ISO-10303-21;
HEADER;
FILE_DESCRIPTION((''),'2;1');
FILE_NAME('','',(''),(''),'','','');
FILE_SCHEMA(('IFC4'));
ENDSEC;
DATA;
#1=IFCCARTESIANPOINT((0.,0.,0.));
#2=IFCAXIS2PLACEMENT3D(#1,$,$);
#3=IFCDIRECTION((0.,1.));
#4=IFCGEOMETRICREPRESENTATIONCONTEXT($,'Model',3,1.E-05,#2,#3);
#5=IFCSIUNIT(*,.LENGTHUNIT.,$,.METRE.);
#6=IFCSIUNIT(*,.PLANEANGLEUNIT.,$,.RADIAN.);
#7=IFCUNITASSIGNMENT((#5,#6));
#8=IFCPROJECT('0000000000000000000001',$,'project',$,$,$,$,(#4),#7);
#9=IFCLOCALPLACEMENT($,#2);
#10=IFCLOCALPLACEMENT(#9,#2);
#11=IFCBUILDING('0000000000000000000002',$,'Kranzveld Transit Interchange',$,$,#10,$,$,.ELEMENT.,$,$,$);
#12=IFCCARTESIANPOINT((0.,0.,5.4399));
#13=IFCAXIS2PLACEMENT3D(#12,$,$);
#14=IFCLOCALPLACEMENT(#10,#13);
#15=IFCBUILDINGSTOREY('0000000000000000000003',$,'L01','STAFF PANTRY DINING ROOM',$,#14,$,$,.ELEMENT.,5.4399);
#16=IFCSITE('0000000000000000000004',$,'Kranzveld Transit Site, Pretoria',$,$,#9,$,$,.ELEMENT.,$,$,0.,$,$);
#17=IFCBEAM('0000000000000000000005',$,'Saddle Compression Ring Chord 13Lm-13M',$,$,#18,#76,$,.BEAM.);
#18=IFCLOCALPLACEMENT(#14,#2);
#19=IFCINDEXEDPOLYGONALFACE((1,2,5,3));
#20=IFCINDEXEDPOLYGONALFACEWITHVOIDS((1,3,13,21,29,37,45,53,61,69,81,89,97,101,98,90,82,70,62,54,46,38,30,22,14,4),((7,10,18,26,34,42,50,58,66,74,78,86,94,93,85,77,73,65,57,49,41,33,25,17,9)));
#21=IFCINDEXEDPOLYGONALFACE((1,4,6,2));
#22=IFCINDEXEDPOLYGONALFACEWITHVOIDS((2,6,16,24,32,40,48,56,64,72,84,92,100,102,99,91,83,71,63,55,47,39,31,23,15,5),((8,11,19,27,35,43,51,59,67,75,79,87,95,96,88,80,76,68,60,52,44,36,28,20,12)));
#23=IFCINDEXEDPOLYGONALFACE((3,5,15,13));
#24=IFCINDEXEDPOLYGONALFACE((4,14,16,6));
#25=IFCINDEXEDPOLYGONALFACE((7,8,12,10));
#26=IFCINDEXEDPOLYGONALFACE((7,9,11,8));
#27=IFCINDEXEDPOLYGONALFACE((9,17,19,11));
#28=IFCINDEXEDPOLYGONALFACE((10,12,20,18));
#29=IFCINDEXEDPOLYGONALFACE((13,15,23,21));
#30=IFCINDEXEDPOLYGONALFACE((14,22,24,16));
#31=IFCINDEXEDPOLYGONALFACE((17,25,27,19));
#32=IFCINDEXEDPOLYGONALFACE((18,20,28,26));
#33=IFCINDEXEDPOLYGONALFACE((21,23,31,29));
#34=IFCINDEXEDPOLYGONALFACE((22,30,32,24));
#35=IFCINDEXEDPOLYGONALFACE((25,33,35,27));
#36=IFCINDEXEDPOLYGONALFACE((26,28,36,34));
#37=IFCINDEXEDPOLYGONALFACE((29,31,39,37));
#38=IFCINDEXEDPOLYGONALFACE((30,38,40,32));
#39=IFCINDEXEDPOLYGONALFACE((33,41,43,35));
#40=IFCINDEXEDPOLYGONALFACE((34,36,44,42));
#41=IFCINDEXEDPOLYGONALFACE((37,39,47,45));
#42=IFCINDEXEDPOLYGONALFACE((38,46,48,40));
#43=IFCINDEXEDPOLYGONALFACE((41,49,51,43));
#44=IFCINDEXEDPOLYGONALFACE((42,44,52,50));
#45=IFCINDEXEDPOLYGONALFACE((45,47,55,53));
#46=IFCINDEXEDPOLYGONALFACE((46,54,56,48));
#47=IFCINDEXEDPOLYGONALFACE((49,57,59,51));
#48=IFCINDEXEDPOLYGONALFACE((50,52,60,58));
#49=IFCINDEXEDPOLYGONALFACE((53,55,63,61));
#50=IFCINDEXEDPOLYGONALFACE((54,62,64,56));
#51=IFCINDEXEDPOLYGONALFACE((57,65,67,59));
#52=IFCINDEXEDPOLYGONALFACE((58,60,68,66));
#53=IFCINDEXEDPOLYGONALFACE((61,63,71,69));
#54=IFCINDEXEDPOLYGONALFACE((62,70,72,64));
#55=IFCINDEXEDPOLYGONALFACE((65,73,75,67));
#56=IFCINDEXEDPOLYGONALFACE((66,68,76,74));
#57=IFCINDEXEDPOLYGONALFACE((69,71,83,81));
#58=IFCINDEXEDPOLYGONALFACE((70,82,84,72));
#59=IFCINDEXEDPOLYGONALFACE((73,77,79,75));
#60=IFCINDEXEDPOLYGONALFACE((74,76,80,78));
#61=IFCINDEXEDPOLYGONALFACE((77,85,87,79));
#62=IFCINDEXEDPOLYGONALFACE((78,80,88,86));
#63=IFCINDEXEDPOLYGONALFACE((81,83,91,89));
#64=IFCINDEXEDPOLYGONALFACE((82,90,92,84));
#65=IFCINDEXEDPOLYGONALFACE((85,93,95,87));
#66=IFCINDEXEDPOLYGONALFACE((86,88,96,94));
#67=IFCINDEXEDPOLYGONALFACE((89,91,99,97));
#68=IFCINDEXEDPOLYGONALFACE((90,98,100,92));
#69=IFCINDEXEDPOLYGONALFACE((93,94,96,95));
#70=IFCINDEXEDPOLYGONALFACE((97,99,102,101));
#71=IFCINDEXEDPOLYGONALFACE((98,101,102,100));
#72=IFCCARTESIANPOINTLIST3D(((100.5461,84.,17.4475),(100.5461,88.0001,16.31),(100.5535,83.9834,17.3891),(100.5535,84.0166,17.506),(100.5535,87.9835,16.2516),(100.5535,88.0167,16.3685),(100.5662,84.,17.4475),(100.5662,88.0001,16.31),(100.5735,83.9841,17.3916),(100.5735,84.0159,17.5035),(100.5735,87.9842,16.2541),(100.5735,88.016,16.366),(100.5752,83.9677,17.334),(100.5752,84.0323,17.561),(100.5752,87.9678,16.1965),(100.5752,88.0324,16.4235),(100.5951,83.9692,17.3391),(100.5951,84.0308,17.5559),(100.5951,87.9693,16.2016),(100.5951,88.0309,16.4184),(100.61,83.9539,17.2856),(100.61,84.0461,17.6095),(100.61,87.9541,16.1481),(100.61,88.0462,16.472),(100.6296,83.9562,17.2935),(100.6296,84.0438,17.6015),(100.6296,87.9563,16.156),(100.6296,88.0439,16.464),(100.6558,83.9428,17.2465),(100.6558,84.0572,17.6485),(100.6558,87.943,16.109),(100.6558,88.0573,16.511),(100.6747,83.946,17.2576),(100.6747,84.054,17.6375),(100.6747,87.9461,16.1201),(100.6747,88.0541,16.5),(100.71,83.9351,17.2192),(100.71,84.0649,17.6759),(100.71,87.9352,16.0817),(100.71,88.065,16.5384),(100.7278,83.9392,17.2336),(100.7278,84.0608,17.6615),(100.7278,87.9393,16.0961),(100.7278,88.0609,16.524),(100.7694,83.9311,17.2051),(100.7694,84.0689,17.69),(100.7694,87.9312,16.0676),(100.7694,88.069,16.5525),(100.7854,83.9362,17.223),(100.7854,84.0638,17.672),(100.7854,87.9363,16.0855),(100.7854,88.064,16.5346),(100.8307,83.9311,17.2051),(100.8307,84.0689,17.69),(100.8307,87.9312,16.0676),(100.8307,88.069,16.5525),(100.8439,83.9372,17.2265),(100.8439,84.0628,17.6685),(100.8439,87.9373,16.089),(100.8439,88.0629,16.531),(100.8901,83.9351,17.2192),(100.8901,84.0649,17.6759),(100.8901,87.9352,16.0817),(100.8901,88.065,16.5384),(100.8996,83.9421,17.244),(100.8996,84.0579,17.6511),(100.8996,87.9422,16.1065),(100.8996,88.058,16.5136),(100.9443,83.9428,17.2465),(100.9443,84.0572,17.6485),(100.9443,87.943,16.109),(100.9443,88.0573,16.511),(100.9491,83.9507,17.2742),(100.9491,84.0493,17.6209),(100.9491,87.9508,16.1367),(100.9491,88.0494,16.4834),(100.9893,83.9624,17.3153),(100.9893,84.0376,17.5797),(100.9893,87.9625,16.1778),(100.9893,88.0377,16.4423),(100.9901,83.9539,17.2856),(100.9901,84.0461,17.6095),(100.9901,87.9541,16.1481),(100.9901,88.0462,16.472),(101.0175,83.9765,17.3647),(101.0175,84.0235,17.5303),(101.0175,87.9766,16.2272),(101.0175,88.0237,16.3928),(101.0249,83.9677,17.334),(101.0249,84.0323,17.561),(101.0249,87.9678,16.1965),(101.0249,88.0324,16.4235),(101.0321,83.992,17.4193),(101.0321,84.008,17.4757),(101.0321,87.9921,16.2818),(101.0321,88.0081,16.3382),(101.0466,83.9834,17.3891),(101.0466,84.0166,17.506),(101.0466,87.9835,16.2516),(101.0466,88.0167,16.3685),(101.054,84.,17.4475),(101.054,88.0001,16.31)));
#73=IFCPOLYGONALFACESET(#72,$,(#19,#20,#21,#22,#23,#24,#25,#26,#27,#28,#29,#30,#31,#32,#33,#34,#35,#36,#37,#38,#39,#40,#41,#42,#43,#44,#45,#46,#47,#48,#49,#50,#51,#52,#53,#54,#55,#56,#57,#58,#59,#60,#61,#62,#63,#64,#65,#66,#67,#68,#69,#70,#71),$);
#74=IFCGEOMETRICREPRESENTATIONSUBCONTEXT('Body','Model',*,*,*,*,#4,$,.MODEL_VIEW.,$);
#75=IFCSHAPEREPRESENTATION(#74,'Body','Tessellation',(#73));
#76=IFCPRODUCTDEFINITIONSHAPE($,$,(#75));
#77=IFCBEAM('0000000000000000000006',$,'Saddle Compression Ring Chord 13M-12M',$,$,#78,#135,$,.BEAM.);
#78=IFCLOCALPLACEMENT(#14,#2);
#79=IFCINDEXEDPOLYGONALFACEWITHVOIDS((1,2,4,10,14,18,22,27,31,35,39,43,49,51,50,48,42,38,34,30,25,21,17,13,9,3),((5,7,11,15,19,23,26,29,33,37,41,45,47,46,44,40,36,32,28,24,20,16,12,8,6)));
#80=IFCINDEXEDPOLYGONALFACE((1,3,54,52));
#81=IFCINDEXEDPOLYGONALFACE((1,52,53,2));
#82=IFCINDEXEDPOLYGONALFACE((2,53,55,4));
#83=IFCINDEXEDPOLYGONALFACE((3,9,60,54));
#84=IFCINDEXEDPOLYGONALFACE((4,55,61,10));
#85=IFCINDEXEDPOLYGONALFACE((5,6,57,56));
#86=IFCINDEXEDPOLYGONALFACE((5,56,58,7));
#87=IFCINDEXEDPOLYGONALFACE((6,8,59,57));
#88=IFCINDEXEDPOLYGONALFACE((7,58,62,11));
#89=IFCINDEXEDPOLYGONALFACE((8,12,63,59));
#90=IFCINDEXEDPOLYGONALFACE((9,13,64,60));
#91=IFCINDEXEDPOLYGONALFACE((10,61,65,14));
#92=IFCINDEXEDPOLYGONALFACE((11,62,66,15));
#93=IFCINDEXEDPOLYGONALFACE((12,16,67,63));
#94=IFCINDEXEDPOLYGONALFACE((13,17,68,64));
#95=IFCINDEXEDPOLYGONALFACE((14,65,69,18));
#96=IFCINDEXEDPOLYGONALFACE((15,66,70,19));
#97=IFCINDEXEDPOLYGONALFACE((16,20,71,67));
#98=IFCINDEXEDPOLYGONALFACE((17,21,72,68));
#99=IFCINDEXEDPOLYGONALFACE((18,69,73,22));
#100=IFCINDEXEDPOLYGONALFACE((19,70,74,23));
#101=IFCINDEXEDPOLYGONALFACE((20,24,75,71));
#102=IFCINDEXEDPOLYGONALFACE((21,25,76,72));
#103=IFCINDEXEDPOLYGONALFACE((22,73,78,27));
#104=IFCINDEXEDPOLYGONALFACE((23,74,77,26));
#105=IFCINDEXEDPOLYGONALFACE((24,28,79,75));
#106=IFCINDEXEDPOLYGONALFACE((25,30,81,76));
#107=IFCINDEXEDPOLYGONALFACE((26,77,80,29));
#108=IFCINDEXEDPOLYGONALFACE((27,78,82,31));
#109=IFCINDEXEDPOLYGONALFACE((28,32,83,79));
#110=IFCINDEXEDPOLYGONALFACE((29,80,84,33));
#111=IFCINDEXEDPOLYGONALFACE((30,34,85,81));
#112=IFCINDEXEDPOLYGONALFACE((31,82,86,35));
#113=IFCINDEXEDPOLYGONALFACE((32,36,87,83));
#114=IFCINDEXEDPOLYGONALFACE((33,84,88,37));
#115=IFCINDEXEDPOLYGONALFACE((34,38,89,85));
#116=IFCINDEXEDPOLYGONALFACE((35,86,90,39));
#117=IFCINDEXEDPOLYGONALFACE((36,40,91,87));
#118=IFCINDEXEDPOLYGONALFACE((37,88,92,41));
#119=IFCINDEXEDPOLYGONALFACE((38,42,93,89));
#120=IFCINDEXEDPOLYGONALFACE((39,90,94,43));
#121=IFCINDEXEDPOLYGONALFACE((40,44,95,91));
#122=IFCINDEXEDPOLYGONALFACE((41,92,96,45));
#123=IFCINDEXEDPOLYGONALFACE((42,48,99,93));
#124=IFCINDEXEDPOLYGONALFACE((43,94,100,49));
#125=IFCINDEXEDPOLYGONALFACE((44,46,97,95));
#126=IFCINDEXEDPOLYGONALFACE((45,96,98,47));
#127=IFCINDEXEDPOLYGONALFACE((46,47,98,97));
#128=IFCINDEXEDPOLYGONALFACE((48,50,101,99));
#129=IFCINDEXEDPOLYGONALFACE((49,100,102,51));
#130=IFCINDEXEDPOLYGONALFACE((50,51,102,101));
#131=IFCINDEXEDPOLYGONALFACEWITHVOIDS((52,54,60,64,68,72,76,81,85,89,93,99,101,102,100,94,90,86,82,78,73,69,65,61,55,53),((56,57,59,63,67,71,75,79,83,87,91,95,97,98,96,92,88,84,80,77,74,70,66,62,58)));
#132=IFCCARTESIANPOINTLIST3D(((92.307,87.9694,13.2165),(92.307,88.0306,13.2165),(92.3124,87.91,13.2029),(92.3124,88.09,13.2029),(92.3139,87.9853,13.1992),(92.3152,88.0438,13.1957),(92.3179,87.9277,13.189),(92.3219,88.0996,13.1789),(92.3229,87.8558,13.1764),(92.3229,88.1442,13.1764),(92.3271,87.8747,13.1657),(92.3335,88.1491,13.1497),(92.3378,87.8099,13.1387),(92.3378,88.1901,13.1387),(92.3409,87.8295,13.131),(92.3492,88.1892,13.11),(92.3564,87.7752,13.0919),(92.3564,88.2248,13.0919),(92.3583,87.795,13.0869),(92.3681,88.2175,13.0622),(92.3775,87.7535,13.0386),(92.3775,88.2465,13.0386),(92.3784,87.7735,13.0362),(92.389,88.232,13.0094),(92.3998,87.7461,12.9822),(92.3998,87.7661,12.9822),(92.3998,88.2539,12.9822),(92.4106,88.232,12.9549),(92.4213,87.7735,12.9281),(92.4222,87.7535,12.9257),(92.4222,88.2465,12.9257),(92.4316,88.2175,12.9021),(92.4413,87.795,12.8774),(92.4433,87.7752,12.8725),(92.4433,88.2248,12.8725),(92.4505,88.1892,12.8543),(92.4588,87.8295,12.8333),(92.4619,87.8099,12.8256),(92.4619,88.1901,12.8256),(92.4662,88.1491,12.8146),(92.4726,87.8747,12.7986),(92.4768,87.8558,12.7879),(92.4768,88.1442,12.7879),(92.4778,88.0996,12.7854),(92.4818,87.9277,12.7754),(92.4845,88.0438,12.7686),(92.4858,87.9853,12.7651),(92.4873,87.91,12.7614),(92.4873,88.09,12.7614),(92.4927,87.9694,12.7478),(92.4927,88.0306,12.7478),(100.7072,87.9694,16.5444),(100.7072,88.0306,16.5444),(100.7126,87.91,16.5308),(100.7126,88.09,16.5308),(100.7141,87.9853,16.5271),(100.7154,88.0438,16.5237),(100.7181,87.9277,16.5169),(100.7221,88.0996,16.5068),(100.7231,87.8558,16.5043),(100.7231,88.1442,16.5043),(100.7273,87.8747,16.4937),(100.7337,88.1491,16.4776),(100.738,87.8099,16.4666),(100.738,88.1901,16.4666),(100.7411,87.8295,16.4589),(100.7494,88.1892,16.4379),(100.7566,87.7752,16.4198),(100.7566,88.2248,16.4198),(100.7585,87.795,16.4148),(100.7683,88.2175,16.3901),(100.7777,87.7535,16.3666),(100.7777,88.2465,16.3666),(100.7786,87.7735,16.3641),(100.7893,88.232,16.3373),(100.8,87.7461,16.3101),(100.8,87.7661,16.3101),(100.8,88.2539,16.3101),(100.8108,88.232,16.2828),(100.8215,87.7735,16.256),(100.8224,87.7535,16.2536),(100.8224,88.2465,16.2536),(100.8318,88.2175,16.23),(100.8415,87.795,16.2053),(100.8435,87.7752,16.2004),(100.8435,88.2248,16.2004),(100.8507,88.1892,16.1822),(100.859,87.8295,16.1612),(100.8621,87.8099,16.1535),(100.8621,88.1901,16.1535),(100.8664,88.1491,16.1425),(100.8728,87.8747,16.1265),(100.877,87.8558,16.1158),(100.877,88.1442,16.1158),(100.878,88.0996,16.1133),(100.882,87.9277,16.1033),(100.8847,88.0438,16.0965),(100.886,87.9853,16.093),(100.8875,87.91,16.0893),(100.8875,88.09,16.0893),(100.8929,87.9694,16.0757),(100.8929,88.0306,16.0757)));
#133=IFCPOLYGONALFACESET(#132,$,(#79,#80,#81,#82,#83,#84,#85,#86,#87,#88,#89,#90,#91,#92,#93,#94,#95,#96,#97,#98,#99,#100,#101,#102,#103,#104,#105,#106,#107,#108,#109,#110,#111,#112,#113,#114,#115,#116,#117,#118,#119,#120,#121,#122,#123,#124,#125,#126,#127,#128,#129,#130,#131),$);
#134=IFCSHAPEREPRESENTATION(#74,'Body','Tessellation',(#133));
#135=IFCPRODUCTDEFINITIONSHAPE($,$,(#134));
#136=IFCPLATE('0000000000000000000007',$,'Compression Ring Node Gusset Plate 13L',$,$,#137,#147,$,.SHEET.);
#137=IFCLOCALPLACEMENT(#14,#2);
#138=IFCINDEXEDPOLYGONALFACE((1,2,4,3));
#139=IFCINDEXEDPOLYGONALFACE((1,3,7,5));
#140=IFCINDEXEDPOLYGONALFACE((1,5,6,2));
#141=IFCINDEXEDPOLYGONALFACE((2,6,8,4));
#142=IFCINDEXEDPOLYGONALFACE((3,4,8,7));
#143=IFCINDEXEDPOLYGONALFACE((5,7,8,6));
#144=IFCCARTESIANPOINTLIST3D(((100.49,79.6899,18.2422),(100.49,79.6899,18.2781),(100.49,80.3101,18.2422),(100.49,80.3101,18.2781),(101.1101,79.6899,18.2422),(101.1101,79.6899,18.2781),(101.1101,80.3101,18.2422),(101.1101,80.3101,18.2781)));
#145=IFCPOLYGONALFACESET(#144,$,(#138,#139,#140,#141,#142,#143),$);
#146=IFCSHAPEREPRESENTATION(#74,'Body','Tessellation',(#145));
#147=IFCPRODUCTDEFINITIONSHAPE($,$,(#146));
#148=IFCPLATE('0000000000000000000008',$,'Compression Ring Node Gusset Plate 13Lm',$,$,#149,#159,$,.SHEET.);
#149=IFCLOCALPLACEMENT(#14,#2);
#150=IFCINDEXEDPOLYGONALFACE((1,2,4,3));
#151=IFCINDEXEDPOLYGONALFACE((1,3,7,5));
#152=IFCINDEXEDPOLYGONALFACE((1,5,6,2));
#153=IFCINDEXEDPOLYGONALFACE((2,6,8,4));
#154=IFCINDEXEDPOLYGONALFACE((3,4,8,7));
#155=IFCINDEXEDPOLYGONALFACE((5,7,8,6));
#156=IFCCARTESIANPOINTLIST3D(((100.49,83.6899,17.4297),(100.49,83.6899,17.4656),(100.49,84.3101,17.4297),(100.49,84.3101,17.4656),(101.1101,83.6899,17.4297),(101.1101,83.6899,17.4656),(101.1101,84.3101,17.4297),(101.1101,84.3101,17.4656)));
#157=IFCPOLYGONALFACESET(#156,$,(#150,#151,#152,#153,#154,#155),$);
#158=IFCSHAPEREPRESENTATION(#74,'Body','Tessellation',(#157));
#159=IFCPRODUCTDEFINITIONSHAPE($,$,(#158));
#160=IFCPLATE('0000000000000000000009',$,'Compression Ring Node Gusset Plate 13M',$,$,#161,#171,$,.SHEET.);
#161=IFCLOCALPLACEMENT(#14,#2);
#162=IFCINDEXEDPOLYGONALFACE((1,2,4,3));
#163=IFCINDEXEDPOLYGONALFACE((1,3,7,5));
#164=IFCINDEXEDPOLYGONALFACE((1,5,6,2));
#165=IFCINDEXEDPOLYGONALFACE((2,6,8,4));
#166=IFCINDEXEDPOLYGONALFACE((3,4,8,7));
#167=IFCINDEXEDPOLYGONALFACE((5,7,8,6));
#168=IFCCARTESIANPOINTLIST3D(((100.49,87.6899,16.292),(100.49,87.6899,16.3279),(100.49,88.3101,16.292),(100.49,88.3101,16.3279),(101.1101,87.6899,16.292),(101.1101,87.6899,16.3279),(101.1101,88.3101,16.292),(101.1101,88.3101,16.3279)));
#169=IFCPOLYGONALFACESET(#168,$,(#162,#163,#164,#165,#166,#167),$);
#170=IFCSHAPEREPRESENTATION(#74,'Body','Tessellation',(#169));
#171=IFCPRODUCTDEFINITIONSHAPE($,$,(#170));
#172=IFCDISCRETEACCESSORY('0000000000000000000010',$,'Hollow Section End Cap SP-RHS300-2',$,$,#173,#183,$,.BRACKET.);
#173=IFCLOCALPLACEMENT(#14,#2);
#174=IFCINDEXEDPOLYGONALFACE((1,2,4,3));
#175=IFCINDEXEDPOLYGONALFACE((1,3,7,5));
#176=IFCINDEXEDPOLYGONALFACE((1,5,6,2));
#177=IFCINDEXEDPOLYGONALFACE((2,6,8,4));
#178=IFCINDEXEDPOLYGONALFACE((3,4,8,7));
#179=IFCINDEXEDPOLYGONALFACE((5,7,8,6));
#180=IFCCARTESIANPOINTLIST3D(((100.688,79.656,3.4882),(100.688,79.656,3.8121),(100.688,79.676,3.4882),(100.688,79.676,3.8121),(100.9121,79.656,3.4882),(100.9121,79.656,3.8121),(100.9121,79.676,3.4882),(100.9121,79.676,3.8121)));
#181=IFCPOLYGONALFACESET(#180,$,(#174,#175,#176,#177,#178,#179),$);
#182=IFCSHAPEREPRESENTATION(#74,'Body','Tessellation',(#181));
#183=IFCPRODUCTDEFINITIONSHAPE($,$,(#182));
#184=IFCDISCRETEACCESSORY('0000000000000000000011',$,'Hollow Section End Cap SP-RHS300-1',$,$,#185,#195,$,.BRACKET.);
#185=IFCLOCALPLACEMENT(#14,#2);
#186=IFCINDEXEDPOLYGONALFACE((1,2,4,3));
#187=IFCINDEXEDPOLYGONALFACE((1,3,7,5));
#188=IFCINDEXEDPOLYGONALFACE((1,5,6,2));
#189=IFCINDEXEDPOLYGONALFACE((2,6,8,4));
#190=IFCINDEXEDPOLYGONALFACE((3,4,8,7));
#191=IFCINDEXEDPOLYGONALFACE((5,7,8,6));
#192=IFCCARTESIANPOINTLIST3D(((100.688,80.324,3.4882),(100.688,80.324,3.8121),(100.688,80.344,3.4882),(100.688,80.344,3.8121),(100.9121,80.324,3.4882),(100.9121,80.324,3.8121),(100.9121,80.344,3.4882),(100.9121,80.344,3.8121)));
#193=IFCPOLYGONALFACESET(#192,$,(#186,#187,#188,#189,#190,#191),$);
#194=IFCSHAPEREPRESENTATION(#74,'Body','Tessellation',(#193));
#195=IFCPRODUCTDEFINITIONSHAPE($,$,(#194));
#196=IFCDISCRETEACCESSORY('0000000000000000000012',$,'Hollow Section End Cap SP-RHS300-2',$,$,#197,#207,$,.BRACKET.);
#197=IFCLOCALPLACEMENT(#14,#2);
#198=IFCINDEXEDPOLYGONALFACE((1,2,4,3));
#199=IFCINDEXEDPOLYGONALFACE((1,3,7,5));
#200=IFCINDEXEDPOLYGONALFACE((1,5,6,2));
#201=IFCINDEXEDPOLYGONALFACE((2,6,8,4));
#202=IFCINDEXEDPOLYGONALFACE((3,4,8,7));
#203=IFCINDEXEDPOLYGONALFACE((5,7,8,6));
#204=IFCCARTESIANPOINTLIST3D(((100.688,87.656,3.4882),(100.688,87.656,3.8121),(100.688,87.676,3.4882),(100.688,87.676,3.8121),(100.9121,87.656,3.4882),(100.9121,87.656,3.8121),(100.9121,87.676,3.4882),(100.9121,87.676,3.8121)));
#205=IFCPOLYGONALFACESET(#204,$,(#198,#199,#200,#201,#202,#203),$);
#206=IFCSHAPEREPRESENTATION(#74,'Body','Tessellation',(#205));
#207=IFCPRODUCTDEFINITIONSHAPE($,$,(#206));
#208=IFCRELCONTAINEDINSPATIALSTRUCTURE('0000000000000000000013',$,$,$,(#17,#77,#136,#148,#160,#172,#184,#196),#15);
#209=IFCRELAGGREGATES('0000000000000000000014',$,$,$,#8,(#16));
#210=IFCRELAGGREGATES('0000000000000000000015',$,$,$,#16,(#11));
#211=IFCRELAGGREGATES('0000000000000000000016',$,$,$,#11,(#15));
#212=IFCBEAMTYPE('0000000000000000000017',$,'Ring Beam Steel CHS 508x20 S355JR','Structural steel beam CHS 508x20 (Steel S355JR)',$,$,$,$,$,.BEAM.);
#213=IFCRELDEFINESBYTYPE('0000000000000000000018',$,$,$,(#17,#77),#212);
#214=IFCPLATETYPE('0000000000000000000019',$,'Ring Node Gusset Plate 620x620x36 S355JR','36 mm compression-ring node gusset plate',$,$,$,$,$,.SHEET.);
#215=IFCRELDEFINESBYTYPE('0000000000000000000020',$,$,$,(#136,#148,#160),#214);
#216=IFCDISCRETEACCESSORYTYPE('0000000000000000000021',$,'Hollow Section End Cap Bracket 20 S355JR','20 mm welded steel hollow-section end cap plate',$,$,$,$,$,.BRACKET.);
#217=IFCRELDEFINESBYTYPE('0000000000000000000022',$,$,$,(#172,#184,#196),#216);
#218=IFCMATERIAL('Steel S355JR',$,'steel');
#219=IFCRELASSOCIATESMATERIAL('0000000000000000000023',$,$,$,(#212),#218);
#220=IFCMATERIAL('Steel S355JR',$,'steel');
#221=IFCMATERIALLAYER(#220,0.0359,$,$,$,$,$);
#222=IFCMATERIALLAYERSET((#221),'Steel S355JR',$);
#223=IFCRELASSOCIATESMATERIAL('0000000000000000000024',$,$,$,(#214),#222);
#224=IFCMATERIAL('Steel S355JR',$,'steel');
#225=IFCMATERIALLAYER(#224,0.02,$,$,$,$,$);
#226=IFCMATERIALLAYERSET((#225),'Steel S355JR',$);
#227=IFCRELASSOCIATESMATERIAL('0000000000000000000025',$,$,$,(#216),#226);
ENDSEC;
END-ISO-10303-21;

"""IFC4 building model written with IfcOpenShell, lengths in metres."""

from ifc_helpers import new_model, si_unit, direction, frame, origin, origin_2d, place, context, subcontext, project, spatial, rectangle, hollow_circle, extrude, material, layer, layer_set, material_profile, profile_set, type_object, element, save


model = new_model("IFC4")

# Units and contexts
model_context = context("Model", 3, precision=1e-05, world=origin(), true_north=direction((0.0, 1.0)))
body_context = subcontext(model_context, "Body", "Model", "MODEL_VIEW")
ifc_project = project(units=[si_unit("LENGTHUNIT", "METRE"), si_unit("PLANEANGLEUNIT", "RADIAN")], contexts=[model_context])

# Site, building, storey
site_placement = place(None, origin())
site = spatial("IfcSite", under=ifc_project, at=site_placement, Name="Kranzveld Transit Site, Pretoria", CompositionType="ELEMENT", RefElevation=0.0)
building_placement = place(site_placement, origin())
building = spatial("IfcBuilding", under=site, at=building_placement, Name="Kranzveld Transit Interchange", CompositionType="ELEMENT")
storey_placement = place(building_placement, frame((0.0, 0.0, 5.4399)))
storey = spatial("IfcBuildingStorey", under=building, at=storey_placement, Name="L01", Description="STAFF PANTRY DINING ROOM", CompositionType="ELEMENT", Elevation=5.4399)

# Beams
ifc_material_1 = material(Name="Steel S355JR", Category="steel")
ifc_material_profile_1 = material_profile(ifc_material_1, hollow_circle(Radius=0.2539, WallThickness=0.02, at=origin_2d()), Name="CHS 508x20")
ifc_profile_set_1 = profile_set([ifc_material_profile_1], Name="Steel S355JR")
beam_type_1 = type_object("IfcBeamType", Name="Ring Beam Steel CHS 508x20 S355JR", Description="Structural steel beam CHS 508x20 (Steel S355JR)", PredefinedType="BEAM", material=ifc_profile_set_1)
beam_1_placement = place(storey_placement, frame((100.8, 84.0, 17.4475), z_axis=(0.0, 0.961867, -0.273519), x_axis=(-1.0, 0.0, 0.0)))
element("IfcBeam", 1, at=beam_1_placement, inside=storey, type_object=beam_type_1, Name="Saddle Compression Ring Chord 13Lm-13M", PredefinedType="BEAM", context=body_context, shape_type="SweptSolid", body=[
    extrude(hollow_circle(Radius=0.2539, WallThickness=0.02, at=origin_2d()), origin(), (0.0, 0.0, 1.0), 4.1587),
])
beam_2_placement = place(storey_placement, frame((100.8, 88.0, 16.3101), z_axis=(-0.9297, 0.0, -0.368319), x_axis=(0.0, -1.0, 0.0)))
element("IfcBeam", 2, at=beam_2_placement, inside=storey, type_object=beam_type_1, Name="Saddle Compression Ring Chord 13M-12M", PredefinedType="BEAM", context=body_context, shape_type="SweptSolid", body=[
    extrude(hollow_circle(Radius=0.2539, WallThickness=0.02, at=origin_2d()), origin(), (0.0, 0.0, 1.0), 9.0354),
])

# Plates
ifc_material_2 = material(Name="Steel S355JR", Category="steel")
ifc_layer_1 = layer(ifc_material_2, 0.0359)
ifc_layer_set_1 = layer_set([ifc_layer_1], Name="Steel S355JR")
plate_type = type_object("IfcPlateType", Name="Ring Node Gusset Plate 620x620x36 S355JR", Description="36 mm compression-ring node gusset plate", PredefinedType="SHEET", material=ifc_layer_set_1)
for number, where, z_axis, x_axis, name in (
    (3, (100.8, 80.0, 18.2422), (0.0, 0.0, 1.0), (1.0, 0.0, 0.0), "Compression Ring Node Gusset Plate 13L"),
    (4, (100.8, 84.0, 17.4297), (0.0, 0.0, 1.0), (1.0, 0.0, 0.0), "Compression Ring Node Gusset Plate 13Lm"),
    (5, (100.8, 88.0, 16.292), (0.0, 0.0, 1.0), (1.0, 0.0, 0.0), "Compression Ring Node Gusset Plate 13M"),
):
    element("IfcPlate", number, at=place(storey_placement, frame(where, z_axis=z_axis, x_axis=x_axis)), inside=storey, type_object=plate_type, Name=name, PredefinedType="SHEET", context=body_context, shape_type="SweptSolid", body=[
        extrude(rectangle(XDim=0.6201, YDim=0.6201, at=origin_2d()), origin(), (0.0, 0.0, 1.0), 0.0359),
    ])

# Discrete accessories
ifc_material_3 = material(Name="Steel S355JR", Category="steel")
ifc_layer_2 = layer(ifc_material_3, 0.02)
ifc_layer_set_2 = layer_set([ifc_layer_2], Name="Steel S355JR")
discrete_accessory_type = type_object("IfcDiscreteAccessoryType", Name="Hollow Section End Cap Bracket 20 S355JR", Description="20 mm welded steel hollow-section end cap plate", PredefinedType="BRACKET", material=ifc_layer_set_2)
for number, where, z_axis, x_axis, name in (
    (6, (100.8, 79.656, 3.6501), (0.0, 1.0, 0.0), (-1.0, 0.0, 0.0), "Hollow Section End Cap SP-RHS300-2"),
    (7, (100.8, 80.344, 3.6501), (0.0, -1.0, 0.0), (1.0, 0.0, 0.0), "Hollow Section End Cap SP-RHS300-1"),
    (8, (100.8, 87.656, 3.6501), (0.0, 1.0, 0.0), (-1.0, 0.0, 0.0), "Hollow Section End Cap SP-RHS300-2"),
):
    element("IfcDiscreteAccessory", number, at=place(storey_placement, frame(where, z_axis=z_axis, x_axis=x_axis)), inside=storey, type_object=discrete_accessory_type, Name=name, PredefinedType="BRACKET", context=body_context, shape_type="SweptSolid", body=[
        extrude(rectangle(XDim=0.2241, YDim=0.324, at=origin_2d()), origin(), (0.0, 0.0, 1.0), 0.02),
    ])

save(model, "model.ifc")
